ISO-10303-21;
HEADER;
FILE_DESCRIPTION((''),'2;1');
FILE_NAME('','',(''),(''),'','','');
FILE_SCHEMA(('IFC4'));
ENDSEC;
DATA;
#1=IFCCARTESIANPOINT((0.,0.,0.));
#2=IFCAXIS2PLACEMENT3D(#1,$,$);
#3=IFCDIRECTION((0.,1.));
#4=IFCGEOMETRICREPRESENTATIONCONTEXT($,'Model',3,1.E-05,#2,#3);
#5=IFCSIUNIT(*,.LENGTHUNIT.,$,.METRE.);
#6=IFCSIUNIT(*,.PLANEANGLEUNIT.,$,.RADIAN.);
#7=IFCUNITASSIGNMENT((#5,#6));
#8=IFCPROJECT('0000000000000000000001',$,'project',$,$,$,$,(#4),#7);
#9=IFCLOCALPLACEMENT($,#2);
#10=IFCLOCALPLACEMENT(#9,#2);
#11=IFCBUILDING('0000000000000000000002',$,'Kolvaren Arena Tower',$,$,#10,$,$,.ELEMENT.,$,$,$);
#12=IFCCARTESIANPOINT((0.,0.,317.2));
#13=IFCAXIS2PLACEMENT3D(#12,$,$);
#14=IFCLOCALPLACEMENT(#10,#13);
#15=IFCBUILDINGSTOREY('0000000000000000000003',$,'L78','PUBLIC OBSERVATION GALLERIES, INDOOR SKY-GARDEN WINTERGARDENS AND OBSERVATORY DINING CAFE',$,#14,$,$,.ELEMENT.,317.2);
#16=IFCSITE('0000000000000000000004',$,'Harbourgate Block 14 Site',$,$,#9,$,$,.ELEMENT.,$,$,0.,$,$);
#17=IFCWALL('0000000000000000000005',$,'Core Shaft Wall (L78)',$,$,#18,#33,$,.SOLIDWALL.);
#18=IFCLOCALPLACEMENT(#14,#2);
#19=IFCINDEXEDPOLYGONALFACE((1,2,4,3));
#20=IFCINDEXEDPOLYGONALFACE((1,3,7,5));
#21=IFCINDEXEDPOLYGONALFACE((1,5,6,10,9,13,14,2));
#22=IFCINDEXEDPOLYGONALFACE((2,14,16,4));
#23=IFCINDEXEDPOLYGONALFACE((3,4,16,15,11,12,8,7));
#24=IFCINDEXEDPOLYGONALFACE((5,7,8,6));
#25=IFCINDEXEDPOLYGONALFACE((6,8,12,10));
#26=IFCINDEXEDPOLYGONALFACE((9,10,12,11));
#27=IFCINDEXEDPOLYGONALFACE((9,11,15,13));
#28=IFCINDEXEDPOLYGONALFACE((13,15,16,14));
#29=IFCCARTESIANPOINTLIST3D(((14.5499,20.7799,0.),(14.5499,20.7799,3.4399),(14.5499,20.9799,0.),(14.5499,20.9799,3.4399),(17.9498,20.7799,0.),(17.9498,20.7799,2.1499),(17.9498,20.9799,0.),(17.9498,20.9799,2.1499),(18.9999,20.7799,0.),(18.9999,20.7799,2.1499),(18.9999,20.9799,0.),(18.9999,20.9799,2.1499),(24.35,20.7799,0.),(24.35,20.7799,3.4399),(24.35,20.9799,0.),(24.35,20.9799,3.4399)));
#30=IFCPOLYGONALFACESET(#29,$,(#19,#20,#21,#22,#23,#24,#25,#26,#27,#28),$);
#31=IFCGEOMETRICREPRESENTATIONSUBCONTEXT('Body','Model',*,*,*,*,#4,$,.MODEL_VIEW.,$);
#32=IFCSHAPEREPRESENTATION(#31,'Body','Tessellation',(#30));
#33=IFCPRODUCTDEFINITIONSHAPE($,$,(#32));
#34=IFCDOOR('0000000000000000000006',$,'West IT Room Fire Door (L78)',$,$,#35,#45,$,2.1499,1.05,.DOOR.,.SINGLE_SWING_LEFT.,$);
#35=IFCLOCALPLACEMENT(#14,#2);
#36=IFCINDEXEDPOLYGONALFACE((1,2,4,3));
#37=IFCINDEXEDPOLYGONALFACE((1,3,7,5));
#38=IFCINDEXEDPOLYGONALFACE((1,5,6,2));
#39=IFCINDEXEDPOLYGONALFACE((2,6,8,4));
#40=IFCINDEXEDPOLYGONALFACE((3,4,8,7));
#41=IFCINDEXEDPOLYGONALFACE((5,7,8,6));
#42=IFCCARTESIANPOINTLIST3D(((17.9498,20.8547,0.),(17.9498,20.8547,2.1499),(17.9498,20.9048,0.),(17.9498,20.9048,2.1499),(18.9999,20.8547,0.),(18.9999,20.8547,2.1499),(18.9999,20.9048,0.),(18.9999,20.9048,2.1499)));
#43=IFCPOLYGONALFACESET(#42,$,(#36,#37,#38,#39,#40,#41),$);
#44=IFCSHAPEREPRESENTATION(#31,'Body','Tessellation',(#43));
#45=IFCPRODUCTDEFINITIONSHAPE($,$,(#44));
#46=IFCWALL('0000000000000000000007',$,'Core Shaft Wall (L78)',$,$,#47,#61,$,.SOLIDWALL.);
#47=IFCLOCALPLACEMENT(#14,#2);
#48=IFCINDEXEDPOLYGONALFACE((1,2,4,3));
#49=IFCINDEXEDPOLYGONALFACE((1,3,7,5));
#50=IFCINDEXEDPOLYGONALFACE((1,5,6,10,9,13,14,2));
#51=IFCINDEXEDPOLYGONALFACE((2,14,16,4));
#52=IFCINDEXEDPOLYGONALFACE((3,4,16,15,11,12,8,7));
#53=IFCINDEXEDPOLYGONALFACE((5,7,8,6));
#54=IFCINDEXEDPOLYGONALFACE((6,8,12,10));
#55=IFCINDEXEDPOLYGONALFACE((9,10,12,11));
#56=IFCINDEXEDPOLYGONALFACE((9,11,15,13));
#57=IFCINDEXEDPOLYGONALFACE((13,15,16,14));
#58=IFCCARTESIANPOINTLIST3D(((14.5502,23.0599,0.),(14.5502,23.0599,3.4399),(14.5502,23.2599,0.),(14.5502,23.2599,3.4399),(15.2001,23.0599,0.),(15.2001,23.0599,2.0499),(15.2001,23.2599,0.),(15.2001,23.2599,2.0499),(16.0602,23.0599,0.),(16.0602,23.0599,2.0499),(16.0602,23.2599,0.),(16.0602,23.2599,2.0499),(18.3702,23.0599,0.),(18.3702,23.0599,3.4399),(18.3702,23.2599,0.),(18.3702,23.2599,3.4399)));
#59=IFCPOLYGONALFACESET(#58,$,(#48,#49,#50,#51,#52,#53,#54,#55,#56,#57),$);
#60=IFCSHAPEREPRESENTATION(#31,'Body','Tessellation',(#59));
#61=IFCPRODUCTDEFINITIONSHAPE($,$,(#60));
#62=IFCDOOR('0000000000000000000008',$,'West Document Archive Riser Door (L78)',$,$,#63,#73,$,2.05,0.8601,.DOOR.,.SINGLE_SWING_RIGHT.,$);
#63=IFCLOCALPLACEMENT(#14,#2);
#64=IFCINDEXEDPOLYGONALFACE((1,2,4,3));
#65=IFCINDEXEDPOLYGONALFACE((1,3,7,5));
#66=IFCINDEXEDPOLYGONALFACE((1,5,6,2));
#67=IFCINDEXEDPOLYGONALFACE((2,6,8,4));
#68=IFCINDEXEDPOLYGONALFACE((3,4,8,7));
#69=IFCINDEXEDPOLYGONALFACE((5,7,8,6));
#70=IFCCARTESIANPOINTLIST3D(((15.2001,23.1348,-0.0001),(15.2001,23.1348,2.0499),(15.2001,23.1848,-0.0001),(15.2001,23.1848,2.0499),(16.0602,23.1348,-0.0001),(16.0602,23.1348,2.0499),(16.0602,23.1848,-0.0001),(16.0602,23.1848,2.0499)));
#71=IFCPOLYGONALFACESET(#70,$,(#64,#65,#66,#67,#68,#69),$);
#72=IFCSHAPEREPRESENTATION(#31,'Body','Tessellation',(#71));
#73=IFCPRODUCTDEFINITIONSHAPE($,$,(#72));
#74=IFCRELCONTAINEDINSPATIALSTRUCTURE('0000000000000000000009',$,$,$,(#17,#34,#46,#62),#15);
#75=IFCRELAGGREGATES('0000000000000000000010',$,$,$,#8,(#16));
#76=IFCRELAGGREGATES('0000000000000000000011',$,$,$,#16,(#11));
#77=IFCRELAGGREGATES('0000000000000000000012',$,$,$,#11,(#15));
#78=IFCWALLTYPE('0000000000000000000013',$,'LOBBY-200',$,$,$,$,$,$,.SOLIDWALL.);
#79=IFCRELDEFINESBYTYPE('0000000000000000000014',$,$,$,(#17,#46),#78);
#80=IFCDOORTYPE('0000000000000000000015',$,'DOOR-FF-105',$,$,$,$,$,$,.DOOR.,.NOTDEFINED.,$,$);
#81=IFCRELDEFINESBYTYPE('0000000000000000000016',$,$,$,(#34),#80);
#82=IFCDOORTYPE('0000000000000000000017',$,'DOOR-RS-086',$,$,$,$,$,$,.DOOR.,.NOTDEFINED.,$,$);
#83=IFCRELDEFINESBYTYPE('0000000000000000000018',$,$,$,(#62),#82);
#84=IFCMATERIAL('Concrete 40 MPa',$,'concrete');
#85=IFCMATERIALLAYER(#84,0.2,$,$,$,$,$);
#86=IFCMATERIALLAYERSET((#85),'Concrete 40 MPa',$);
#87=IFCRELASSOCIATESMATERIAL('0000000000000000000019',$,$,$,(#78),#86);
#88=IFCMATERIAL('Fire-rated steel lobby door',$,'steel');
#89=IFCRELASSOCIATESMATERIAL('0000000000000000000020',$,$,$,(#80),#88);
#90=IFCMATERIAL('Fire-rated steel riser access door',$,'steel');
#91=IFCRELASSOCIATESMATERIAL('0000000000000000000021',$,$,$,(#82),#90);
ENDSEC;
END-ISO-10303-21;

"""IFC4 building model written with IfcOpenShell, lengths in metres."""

from ifc_helpers import new_model, si_unit, direction, frame, frame_2d, origin, place, context, subcontext, project, spatial, rectangle, extrude, material, layer, layer_set, type_object, element, fill, save


model = new_model("IFC4")

# Units and contexts
model_context = context("Model", 3, precision=1e-05, world=origin(), true_north=direction((0.0, 1.0)))
body_context = subcontext(model_context, "Body", "Model", "MODEL_VIEW")
ifc_project = project(units=[si_unit("LENGTHUNIT", "METRE"), si_unit("PLANEANGLEUNIT", "RADIAN")], contexts=[model_context])

# Site, building, storey
site_placement = place(None, origin())
site = spatial("IfcSite", under=ifc_project, at=site_placement, Name="Harbourgate Block 14 Site", CompositionType="ELEMENT", RefElevation=0.0)
building_placement = place(site_placement, origin())
building = spatial("IfcBuilding", under=site, at=building_placement, Name="Kolvaren Arena Tower", CompositionType="ELEMENT")
storey_placement = place(building_placement, frame((0.0, 0.0, 317.2)))
storey = spatial("IfcBuildingStorey", under=building, at=storey_placement, Name="L78", Description="PUBLIC OBSERVATION GALLERIES, INDOOR SKY-GARDEN WINTERGARDENS AND OBSERVATORY DINING CAFE", CompositionType="ELEMENT", Elevation=317.2)

# Walls, openings, doors
ifc_material_1 = material(Name="Concrete 40 MPa", Category="concrete")
ifc_layer_1 = layer(ifc_material_1, 0.2)
ifc_layer_set_1 = layer_set([ifc_layer_1], Name="Concrete 40 MPa")
wall_type_1 = type_object("IfcWallType", Name="LOBBY-200", PredefinedType="SOLIDWALL", material=ifc_layer_set_1)
wall_1_placement = place(storey_placement, frame((14.55, 20.8799, 0.0), z_axis=(0.0, 0.0, 1.0), x_axis=(1.0, 0.0, 0.0)))
wall_1 = element("IfcWall", 1, at=wall_1_placement, inside=storey, type_object=wall_type_1, Name="Core Shaft Wall (L78)", PredefinedType="SOLIDWALL", context=body_context, shape_type="SweptSolid", body=[
    extrude(rectangle(XDim=9.8, YDim=0.2, at=frame_2d((4.8999, 0.0))), origin(), (0.0, 0.0, 1.0), 3.4399),
])
opening_1_placement = place(wall_1_placement, frame((3.3999, 0.0, 0.0)))
opening_1 = element("IfcOpeningElement", 2, at=opening_1_placement, cuts=wall_1, PredefinedType="OPENING", context=body_context, shape_type="SweptSolid", body=[
    extrude(rectangle(XDim=1.05, YDim=2.1499, at=frame_2d((0.5249, 1.075))), frame((0.0, 0.1099, 0.0), z_axis=(0.0, -1.0, 0.0), x_axis=(1.0, 0.0, 0.0)), (0.0, 0.0, 1.0), 0.22),
])
ifc_material_2 = material(Name="Fire-rated steel lobby door", Category="steel")
door_type_1 = type_object("IfcDoorType", Name="DOOR-FF-105", OperationType="NOTDEFINED", PredefinedType="DOOR", material=ifc_material_2)
door_1_placement = place(opening_1_placement, origin())
door_1 = element("IfcDoor", 3, at=door_1_placement, inside=storey, type_object=door_type_1, Name="West IT Room Fire Door (L78)", OperationType="SINGLE_SWING_LEFT", OverallHeight=2.1499, OverallWidth=1.05, PredefinedType="DOOR", context=body_context, shape_type="SweptSolid", body=[
    extrude(rectangle(XDim=1.05, YDim=2.1499, at=frame_2d((0.5249, 1.075))), frame((0.0, 0.0249, 0.0), z_axis=(0.0, -1.0, 0.0), x_axis=(1.0, 0.0, 0.0)), (0.0, 0.0, 1.0), 0.05),
])
fill(opening_1, door_1)
wall_2_placement = place(storey_placement, frame((14.55, 23.1599, 0.0), z_axis=(0.0, 0.0, 1.0), x_axis=(1.0, 0.0, 0.0)))
wall_2 = element("IfcWall", 4, at=wall_2_placement, inside=storey, type_object=wall_type_1, Name="Core Shaft Wall (L78)", PredefinedType="SOLIDWALL", context=body_context, shape_type="SweptSolid", body=[
    extrude(rectangle(XDim=3.8201, YDim=0.2, at=frame_2d((1.9102, 0.0))), origin(), (0.0, 0.0, 1.0), 3.4399),
])
opening_2_placement = place(wall_2_placement, frame((0.6499, 0.0, 0.0)))
opening_2 = element("IfcOpeningElement", 5, at=opening_2_placement, cuts=wall_2, PredefinedType="OPENING", context=body_context, shape_type="SweptSolid", body=[
    extrude(rectangle(XDim=0.8601, YDim=2.05, at=frame_2d((0.4302, 1.0249))), frame((0.0, 0.1099, 0.0), z_axis=(0.0, -1.0, 0.0), x_axis=(1.0, 0.0, 0.0)), (0.0, 0.0, 1.0), 0.22),
])
ifc_material_3 = material(Name="Fire-rated steel riser access door", Category="steel")
door_type_2 = type_object("IfcDoorType", Name="DOOR-RS-086", OperationType="NOTDEFINED", PredefinedType="DOOR", material=ifc_material_3)
door_2_placement = place(opening_2_placement, origin())
door_2 = element("IfcDoor", 6, at=door_2_placement, inside=storey, type_object=door_type_2, Name="West Document Archive Riser Door (L78)", OperationType="SINGLE_SWING_RIGHT", OverallHeight=2.05, OverallWidth=0.8601, PredefinedType="DOOR", context=body_context, shape_type="SweptSolid", body=[
    extrude(rectangle(XDim=0.8601, YDim=2.05, at=frame_2d((0.4302, 1.0249))), frame((0.0, 0.0249, 0.0), z_axis=(0.0, -1.0, 0.0), x_axis=(1.0, 0.0, 0.0)), (0.0, 0.0, 1.0), 0.05),
])
fill(opening_2, door_2)

save(model, "model.ifc")
